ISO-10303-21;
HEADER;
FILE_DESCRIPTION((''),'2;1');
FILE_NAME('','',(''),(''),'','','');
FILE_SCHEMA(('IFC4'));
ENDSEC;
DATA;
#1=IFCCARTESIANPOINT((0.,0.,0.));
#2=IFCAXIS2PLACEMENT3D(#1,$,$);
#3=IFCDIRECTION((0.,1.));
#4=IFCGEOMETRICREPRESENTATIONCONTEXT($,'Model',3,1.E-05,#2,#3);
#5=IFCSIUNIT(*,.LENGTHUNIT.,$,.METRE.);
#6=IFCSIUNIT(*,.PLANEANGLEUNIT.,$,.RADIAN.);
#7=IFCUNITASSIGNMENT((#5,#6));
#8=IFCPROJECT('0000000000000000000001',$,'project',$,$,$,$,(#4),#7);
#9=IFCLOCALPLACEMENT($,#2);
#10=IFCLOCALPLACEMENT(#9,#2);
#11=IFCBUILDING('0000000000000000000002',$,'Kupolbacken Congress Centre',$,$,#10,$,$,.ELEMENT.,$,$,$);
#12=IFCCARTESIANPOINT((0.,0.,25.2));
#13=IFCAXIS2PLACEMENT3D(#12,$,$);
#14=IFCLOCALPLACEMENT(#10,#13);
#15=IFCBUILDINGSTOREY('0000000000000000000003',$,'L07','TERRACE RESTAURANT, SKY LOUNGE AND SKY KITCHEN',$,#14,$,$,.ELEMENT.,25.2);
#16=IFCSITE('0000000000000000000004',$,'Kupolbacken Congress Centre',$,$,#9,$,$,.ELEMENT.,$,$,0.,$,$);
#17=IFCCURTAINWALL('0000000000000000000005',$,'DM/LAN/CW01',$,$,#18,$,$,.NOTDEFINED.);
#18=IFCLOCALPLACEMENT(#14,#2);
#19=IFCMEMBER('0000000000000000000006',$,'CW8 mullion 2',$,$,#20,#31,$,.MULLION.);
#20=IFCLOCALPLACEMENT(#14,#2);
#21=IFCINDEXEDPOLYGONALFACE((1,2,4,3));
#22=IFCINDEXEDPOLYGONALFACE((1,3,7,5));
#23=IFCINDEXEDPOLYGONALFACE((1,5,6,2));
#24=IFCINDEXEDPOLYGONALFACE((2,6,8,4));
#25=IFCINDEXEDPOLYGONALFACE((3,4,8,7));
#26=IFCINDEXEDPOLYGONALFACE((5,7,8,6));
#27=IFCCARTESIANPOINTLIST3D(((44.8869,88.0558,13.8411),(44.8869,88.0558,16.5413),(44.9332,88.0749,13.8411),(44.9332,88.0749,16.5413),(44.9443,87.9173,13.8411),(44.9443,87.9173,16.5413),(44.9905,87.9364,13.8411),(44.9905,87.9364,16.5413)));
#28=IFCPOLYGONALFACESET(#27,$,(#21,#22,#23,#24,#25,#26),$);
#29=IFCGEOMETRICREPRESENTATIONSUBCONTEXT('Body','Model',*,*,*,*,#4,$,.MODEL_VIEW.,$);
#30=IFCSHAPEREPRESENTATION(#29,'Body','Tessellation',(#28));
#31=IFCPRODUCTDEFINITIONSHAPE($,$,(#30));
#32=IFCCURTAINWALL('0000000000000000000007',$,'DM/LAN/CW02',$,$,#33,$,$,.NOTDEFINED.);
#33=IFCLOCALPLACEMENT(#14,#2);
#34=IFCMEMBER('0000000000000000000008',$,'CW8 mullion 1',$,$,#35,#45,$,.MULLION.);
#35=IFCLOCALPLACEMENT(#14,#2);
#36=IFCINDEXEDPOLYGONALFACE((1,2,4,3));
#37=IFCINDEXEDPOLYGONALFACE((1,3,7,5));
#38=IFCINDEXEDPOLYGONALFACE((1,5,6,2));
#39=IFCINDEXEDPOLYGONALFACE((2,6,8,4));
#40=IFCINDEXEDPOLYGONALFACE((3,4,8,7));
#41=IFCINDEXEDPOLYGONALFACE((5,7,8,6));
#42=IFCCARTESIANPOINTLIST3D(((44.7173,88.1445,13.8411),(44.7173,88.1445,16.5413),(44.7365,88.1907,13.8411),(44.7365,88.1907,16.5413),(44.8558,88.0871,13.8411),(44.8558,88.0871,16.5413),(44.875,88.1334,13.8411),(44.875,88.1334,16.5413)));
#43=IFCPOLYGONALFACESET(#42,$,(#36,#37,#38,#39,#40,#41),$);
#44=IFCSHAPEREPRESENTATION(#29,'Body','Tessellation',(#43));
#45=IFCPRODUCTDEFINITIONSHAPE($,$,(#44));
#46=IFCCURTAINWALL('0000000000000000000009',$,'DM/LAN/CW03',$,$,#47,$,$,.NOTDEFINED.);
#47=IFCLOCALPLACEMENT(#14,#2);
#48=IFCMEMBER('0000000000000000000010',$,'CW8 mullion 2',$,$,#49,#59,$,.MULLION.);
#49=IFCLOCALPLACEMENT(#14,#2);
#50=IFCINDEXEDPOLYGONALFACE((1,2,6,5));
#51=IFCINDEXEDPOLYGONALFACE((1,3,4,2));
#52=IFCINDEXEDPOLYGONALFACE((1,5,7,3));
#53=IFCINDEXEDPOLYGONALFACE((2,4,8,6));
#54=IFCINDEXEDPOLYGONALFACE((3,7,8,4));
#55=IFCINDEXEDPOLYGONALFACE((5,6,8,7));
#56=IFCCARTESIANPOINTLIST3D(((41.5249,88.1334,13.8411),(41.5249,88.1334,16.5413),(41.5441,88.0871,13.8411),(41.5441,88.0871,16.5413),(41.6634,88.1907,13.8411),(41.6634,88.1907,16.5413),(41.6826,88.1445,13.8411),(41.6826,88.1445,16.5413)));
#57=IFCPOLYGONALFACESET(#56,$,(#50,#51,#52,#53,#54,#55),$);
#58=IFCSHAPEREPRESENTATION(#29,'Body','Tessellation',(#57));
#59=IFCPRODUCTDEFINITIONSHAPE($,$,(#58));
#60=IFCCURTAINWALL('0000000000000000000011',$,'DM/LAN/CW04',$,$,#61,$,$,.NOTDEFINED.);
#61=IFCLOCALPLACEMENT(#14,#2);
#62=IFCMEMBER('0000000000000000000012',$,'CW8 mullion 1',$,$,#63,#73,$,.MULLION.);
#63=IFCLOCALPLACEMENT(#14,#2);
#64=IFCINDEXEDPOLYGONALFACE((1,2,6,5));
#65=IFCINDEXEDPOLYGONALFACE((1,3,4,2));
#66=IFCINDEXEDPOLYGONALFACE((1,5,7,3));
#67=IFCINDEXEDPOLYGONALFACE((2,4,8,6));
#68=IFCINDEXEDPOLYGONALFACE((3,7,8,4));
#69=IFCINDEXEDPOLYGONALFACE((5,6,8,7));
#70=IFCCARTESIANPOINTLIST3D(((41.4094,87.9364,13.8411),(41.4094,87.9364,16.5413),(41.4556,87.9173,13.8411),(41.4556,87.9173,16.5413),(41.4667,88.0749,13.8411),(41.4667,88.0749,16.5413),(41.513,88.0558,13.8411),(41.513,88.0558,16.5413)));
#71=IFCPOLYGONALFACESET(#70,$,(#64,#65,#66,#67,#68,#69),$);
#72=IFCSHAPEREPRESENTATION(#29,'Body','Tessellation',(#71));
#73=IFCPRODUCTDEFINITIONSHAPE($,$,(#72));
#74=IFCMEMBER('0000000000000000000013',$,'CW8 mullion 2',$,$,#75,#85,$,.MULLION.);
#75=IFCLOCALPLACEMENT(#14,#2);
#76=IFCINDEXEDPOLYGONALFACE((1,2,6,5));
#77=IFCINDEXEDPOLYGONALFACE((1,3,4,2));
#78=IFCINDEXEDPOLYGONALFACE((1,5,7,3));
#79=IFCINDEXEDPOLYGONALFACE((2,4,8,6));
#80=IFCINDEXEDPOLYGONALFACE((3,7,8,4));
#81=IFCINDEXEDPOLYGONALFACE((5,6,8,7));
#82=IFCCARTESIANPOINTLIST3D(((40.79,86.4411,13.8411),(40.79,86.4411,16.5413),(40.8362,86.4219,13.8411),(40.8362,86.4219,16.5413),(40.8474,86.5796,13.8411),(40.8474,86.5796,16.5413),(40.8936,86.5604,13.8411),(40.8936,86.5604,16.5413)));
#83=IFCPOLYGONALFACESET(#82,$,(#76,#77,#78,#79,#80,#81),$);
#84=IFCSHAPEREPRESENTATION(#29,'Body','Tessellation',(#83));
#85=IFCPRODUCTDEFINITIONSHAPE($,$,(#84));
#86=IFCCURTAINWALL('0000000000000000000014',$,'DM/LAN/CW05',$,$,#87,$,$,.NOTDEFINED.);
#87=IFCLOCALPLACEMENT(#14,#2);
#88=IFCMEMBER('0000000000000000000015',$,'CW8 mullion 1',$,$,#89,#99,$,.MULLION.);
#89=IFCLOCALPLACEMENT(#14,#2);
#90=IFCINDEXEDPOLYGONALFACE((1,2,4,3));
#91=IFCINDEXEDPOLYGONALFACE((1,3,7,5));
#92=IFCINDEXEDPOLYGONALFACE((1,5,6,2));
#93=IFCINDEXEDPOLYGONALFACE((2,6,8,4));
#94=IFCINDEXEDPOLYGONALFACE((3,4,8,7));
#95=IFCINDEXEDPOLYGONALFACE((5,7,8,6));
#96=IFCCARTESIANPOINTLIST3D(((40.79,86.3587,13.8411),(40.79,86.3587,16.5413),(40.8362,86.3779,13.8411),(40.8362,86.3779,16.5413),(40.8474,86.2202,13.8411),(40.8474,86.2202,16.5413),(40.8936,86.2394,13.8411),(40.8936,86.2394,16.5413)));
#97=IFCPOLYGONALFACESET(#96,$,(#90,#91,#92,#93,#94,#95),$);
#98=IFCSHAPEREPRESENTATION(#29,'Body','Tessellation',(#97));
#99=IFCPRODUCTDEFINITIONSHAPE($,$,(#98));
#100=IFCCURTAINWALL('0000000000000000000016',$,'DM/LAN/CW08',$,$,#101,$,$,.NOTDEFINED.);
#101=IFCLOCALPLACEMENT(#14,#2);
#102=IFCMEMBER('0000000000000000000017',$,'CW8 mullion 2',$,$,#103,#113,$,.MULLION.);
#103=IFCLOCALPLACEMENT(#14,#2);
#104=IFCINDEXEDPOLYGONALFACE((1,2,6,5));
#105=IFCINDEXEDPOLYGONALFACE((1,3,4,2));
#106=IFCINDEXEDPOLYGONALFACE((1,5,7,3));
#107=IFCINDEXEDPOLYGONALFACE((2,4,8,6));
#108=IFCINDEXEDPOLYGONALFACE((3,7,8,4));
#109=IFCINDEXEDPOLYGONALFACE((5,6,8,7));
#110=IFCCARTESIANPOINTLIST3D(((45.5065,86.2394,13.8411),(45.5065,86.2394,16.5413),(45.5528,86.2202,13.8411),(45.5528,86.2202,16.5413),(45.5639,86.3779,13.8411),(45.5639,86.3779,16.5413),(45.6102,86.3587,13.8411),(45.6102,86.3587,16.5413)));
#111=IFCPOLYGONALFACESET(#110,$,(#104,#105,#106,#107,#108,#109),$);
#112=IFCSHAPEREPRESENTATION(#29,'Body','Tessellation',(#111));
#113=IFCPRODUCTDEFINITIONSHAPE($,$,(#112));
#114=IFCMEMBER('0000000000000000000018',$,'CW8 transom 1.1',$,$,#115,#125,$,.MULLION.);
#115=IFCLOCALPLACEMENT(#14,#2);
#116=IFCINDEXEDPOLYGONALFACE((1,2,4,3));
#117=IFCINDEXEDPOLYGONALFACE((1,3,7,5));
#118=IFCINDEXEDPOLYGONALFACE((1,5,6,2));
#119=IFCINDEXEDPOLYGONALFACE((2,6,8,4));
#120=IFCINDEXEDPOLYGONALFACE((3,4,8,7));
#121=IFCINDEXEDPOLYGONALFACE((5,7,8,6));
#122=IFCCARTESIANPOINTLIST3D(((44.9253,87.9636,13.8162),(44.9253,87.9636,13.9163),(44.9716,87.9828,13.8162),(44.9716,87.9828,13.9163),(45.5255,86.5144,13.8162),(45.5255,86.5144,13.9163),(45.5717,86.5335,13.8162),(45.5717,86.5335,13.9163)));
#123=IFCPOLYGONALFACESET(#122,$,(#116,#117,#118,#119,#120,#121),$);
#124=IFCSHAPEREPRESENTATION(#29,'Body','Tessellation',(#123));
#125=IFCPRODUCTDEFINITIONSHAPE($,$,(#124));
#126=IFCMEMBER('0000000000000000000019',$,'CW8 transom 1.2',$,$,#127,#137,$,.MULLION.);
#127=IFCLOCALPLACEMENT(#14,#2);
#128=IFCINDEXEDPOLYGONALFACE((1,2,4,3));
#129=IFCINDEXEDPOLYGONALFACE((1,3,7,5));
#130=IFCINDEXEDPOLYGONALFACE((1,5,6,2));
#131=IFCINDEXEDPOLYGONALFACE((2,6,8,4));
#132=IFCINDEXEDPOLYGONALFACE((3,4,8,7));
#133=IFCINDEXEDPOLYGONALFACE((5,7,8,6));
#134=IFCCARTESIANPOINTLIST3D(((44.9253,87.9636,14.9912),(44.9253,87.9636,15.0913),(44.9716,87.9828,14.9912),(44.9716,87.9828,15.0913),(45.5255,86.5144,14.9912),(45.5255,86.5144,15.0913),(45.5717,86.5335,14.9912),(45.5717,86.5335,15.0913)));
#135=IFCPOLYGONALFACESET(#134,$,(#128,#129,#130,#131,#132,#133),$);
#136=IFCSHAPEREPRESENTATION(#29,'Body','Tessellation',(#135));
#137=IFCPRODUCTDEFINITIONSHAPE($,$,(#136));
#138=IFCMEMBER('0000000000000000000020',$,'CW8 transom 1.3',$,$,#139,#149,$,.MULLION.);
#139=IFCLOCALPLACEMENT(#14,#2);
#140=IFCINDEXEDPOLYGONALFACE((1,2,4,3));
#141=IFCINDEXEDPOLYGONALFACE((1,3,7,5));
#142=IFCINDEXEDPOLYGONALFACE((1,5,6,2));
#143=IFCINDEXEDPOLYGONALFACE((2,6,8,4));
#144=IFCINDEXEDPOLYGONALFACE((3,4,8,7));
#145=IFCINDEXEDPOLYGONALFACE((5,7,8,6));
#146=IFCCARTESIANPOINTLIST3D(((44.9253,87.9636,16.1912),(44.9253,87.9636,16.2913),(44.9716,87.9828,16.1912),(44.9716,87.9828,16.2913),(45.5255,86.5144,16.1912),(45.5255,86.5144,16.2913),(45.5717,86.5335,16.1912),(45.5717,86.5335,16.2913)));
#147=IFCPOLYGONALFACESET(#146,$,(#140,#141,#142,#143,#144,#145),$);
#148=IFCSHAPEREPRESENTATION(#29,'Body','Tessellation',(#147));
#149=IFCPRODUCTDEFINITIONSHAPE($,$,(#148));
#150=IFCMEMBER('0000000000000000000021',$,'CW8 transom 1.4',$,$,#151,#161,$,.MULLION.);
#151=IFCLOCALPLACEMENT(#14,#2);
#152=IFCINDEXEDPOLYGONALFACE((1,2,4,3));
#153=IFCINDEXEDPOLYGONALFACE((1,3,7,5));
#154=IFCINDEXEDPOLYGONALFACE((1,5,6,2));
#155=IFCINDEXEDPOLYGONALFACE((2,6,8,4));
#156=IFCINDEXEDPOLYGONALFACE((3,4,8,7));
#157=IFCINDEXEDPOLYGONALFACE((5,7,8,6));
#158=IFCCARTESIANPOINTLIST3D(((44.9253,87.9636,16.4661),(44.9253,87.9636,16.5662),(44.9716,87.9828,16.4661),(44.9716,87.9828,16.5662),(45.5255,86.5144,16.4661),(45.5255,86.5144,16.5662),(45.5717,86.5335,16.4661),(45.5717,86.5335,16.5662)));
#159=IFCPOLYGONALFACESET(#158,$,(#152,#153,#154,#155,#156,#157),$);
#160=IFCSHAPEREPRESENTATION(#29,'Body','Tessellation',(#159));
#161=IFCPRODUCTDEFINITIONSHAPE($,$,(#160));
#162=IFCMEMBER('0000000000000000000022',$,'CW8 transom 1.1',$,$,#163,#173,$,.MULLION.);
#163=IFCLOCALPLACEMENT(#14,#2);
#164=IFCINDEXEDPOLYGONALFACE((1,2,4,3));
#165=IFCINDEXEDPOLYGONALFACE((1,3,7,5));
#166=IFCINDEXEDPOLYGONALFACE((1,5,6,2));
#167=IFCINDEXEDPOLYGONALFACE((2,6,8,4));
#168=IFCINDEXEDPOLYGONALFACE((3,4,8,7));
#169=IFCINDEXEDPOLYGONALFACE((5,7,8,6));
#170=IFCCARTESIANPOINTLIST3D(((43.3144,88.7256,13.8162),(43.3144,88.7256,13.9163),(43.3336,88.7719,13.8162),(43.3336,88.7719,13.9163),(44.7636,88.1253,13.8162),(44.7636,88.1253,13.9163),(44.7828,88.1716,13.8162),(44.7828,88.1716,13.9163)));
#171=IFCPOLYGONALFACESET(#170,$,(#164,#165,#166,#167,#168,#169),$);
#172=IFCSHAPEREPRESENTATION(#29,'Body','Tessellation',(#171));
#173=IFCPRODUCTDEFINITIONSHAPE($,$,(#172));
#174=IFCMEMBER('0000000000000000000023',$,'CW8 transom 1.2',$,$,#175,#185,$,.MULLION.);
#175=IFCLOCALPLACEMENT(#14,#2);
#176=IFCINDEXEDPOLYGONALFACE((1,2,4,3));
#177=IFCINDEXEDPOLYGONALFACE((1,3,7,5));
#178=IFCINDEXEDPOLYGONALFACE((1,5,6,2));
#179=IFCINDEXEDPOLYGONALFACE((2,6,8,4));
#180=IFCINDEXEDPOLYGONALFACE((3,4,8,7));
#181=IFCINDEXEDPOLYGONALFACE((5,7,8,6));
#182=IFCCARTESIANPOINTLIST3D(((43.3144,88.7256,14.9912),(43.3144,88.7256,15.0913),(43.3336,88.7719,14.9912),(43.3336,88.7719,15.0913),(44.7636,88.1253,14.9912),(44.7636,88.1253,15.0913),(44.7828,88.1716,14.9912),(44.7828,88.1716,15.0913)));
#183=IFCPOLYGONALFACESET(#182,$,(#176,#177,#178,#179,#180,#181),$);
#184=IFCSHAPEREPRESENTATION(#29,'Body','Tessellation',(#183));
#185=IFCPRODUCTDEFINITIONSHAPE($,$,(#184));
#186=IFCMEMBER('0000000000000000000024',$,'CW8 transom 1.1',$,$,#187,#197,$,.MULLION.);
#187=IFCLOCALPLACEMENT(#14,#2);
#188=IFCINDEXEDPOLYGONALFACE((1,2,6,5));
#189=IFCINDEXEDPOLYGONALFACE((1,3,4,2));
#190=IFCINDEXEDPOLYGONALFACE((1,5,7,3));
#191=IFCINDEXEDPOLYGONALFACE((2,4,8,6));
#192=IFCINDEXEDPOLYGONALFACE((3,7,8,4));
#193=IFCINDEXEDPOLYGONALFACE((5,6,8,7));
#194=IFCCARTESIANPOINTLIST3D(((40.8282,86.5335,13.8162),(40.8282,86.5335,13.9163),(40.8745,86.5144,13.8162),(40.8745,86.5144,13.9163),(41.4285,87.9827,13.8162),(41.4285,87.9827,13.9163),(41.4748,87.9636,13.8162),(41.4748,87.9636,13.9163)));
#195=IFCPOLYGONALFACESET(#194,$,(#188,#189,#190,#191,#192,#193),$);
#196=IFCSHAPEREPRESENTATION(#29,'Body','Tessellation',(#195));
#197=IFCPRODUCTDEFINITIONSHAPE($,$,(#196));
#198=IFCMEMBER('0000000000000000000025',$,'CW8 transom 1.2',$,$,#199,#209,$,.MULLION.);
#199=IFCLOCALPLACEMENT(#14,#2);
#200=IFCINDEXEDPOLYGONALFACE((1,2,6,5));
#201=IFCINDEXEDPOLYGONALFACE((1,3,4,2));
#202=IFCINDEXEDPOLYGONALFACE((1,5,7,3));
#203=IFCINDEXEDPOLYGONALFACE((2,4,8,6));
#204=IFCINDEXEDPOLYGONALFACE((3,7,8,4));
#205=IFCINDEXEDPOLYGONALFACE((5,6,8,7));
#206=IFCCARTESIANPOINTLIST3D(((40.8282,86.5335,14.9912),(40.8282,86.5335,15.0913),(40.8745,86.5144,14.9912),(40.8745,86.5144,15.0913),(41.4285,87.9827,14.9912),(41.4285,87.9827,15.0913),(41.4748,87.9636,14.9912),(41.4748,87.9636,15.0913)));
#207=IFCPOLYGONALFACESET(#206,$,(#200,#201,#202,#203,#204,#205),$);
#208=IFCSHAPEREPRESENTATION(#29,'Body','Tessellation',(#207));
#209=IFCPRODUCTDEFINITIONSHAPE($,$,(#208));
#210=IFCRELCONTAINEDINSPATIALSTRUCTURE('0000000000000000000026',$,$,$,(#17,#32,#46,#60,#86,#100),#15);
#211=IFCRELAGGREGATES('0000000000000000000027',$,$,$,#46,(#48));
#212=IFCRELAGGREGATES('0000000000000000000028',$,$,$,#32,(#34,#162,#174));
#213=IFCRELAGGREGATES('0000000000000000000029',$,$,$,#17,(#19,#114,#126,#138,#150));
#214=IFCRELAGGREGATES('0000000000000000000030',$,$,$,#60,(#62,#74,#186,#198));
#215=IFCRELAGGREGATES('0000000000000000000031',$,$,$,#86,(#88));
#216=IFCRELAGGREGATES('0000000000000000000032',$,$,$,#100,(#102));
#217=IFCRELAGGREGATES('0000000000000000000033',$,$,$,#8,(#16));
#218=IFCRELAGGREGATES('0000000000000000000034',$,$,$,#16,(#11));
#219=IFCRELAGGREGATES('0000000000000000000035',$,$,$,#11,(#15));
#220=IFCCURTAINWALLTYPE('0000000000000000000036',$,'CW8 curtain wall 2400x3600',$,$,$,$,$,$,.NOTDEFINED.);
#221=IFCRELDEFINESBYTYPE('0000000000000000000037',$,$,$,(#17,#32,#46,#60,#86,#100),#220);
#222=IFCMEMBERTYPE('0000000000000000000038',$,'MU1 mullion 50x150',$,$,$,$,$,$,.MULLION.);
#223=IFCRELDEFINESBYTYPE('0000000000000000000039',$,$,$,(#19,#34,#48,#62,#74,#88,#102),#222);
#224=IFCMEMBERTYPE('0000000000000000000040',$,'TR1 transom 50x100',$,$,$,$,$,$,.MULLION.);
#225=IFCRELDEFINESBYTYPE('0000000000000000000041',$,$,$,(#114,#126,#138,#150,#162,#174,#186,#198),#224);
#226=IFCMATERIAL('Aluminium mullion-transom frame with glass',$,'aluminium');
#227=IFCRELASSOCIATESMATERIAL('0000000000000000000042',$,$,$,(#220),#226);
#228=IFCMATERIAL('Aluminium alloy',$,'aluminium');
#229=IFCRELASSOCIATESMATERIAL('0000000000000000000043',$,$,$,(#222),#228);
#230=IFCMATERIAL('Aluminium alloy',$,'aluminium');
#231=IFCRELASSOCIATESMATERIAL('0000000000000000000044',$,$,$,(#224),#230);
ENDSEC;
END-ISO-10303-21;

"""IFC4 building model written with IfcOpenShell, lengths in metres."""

from ifc_helpers import new_model, si_unit, direction, frame, origin, origin_2d, place, context, subcontext, project, spatial, rectangle, extrude, material, material_profile, profile_set, type_object, element, aggregate, save


model = new_model("IFC4")

# Units and contexts
model_context = context("Model", 3, precision=1e-05, world=origin(), true_north=direction((0.0, 1.0)))
body_context = subcontext(model_context, "Body", "Model", "MODEL_VIEW")
ifc_project = project(units=[si_unit("LENGTHUNIT", "METRE"), si_unit("PLANEANGLEUNIT", "RADIAN")], contexts=[model_context])

# Site, building, storey
site_placement = place(None, origin())
site = spatial("IfcSite", under=ifc_project, at=site_placement, Name="Kupolbacken Congress Centre", CompositionType="ELEMENT", RefElevation=0.0)
building_placement = place(site_placement, origin())
building = spatial("IfcBuilding", under=site, at=building_placement, Name="Kupolbacken Congress Centre", CompositionType="ELEMENT")
storey_placement = place(building_placement, frame((0.0, 0.0, 25.2)))
storey = spatial("IfcBuildingStorey", under=building, at=storey_placement, Name="L07", Description="TERRACE RESTAURANT, SKY LOUNGE AND SKY KITCHEN", CompositionType="ELEMENT", Elevation=25.2)

# Curtain walls, members
ifc_material_1 = material(Name="Aluminium mullion-transom frame with glass", Category="aluminium")
curtain_wall_type = type_object("IfcCurtainWallType", Name="CW8 curtain wall 2400x3600", PredefinedType="NOTDEFINED", material=ifc_material_1)
curtain_wall_1_placement = place(storey_placement, origin())
curtain_wall_1 = element("IfcCurtainWall", 1, at=curtain_wall_1_placement, inside=storey, type_object=curtain_wall_type, Name="DM/LAN/CW01", PredefinedType="NOTDEFINED")
ifc_material_2 = material(Name="Aluminium alloy", Category="aluminium")
ifc_material_profile_1 = material_profile(ifc_material_2, rectangle(XDim=0.05, YDim=0.1499, at=origin_2d()), Name="50 x 150")
ifc_profile_set_1 = profile_set([ifc_material_profile_1], Name="Aluminium alloy")
member_type_1 = type_object("IfcMemberType", Name="MU1 mullion 50x150", PredefinedType="MULLION", material=ifc_profile_set_1)
member_1_placement = place(storey_placement, frame((44.9387, 87.9961, 13.8411), z_axis=(0.0, 0.0, 1.0), x_axis=(-0.92388, -0.382683, 0.0)))
member_1 = element("IfcMember", 2, at=member_1_placement, type_object=member_type_1, Name="CW8 mullion 2", PredefinedType="MULLION", context=body_context, shape_type="SweptSolid", body=[
    extrude(rectangle(XDim=0.05, YDim=0.1499, at=origin_2d()), origin(), (0.0, 0.0, 1.0), 2.7002),
])
curtain_wall_2_placement = place(storey_placement, origin())
curtain_wall_2 = element("IfcCurtainWall", 3, at=curtain_wall_2_placement, inside=storey, type_object=curtain_wall_type, Name="DM/LAN/CW02", PredefinedType="NOTDEFINED")
member_2_placement = place(storey_placement, frame((44.7961, 88.1389, 13.8411), z_axis=(0.0, 0.0, 1.0), x_axis=(-0.382683, -0.92388, 0.0)))
member_2 = element("IfcMember", 4, at=member_2_placement, type_object=member_type_1, Name="CW8 mullion 1", PredefinedType="MULLION", context=body_context, shape_type="SweptSolid", body=[
    extrude(rectangle(XDim=0.05, YDim=0.1499, at=origin_2d()), origin(), (0.0, 0.0, 1.0), 2.7002),
])
curtain_wall_3_placement = place(storey_placement, origin())
curtain_wall_3 = element("IfcCurtainWall", 5, at=curtain_wall_3_placement, inside=storey, type_object=curtain_wall_type, Name="DM/LAN/CW03", PredefinedType="NOTDEFINED")
member_3_placement = place(storey_placement, frame((41.6038, 88.1389, 13.8411), z_axis=(0.0, 0.0, 1.0), x_axis=(0.382683, -0.92388, 0.0)))
member_3 = element("IfcMember", 6, at=member_3_placement, type_object=member_type_1, Name="CW8 mullion 2", PredefinedType="MULLION", context=body_context, shape_type="SweptSolid", body=[
    extrude(rectangle(XDim=0.05, YDim=0.1499, at=origin_2d()), origin(), (0.0, 0.0, 1.0), 2.7002),
])
aggregate(curtain_wall_3, [member_3])

# Curtain wall, members
curtain_wall_4_placement = place(storey_placement, origin())
curtain_wall_4 = element("IfcCurtainWall", 7, at=curtain_wall_4_placement, inside=storey, type_object=curtain_wall_type, Name="DM/LAN/CW04", PredefinedType="NOTDEFINED")
member_4_placement = place(storey_placement, frame((41.4612, 87.9961, 13.8411), z_axis=(0.0, 0.0, 1.0), x_axis=(0.92388, -0.382683, 0.0)))
member_4 = element("IfcMember", 8, at=member_4_placement, type_object=member_type_1, Name="CW8 mullion 1", PredefinedType="MULLION", context=body_context, shape_type="SweptSolid", body=[
    extrude(rectangle(XDim=0.05, YDim=0.1499, at=origin_2d()), origin(), (0.0, 0.0, 1.0), 2.7002),
])
member_5_placement = place(storey_placement, frame((40.8418, 86.5007, 13.8411), z_axis=(0.0, 0.0, 1.0), x_axis=(0.92388, -0.382683, 0.0)))
member_5 = element("IfcMember", 9, at=member_5_placement, type_object=member_type_1, Name="CW8 mullion 2", PredefinedType="MULLION", context=body_context, shape_type="SweptSolid", body=[
    extrude(rectangle(XDim=0.05, YDim=0.1499, at=origin_2d()), origin(), (0.0, 0.0, 1.0), 2.7002),
])

# Curtain walls, members
curtain_wall_5_placement = place(storey_placement, origin())
curtain_wall_5 = element("IfcCurtainWall", 10, at=curtain_wall_5_placement, inside=storey, type_object=curtain_wall_type, Name="DM/LAN/CW05", PredefinedType="NOTDEFINED")
member_6_placement = place(storey_placement, frame((40.8418, 86.2991, 13.8411), z_axis=(0.0, 0.0, 1.0), x_axis=(0.92388, 0.382683, 0.0)))
member_6 = element("IfcMember", 11, at=member_6_placement, type_object=member_type_1, Name="CW8 mullion 1", PredefinedType="MULLION", context=body_context, shape_type="SweptSolid", body=[
    extrude(rectangle(XDim=0.05, YDim=0.1499, at=origin_2d()), origin(), (0.0, 0.0, 1.0), 2.7002),
])
curtain_wall_6_placement = place(storey_placement, origin())
curtain_wall_6 = element("IfcCurtainWall", 12, at=curtain_wall_6_placement, inside=storey, type_object=curtain_wall_type, Name="DM/LAN/CW08", PredefinedType="NOTDEFINED")
member_7_placement = place(storey_placement, frame((45.5583, 86.2991, 13.8411), z_axis=(0.0, 0.0, 1.0), x_axis=(-0.92388, 0.382683, 0.0)))
member_7 = element("IfcMember", 13, at=member_7_placement, type_object=member_type_1, Name="CW8 mullion 2", PredefinedType="MULLION", context=body_context, shape_type="SweptSolid", body=[
    extrude(rectangle(XDim=0.05, YDim=0.1499, at=origin_2d()), origin(), (0.0, 0.0, 1.0), 2.7002),
])

# Members
ifc_material_3 = material(Name="Aluminium alloy", Category="aluminium")
ifc_material_profile_2 = material_profile(ifc_material_3, rectangle(XDim=0.05, YDim=0.1001, at=origin_2d()), Name="50 x 100")
ifc_profile_set_2 = profile_set([ifc_material_profile_2], Name="Aluminium alloy")
member_type_2 = type_object("IfcMemberType", Name="TR1 transom 50x100", PredefinedType="MULLION", material=ifc_profile_set_2)
member_8_placement = place(storey_placement, frame((45.5486, 86.5239, 13.8662), z_axis=(-0.382581, 0.923922, 0.0), x_axis=(-0.923922, -0.382581, 0.0)))
member_8 = element("IfcMember", 14, at=member_8_placement, type_object=member_type_2, Name="CW8 transom 1.1", PredefinedType="MULLION", context=body_context, shape_type="SweptSolid", body=[
    extrude(rectangle(XDim=0.05, YDim=0.1001, at=origin_2d()), origin(), (0.0, 0.0, 1.0), 1.5686),
])
member_9_placement = place(storey_placement, frame((45.5486, 86.5239, 15.0413), z_axis=(-0.382581, 0.923922, 0.0), x_axis=(-0.923922, -0.382581, 0.0)))
member_9 = element("IfcMember", 15, at=member_9_placement, type_object=member_type_2, Name="CW8 transom 1.2", PredefinedType="MULLION", context=body_context, shape_type="SweptSolid", body=[
    extrude(rectangle(XDim=0.05, YDim=0.1001, at=origin_2d()), origin(), (0.0, 0.0, 1.0), 1.5686),
])
member_10_placement = place(storey_placement, frame((45.5486, 86.5239, 16.2412), z_axis=(-0.382581, 0.923922, 0.0), x_axis=(-0.923922, -0.382581, 0.0)))
member_10 = element("IfcMember", 16, at=member_10_placement, type_object=member_type_2, Name="CW8 transom 1.3", PredefinedType="MULLION", context=body_context, shape_type="SweptSolid", body=[
    extrude(rectangle(XDim=0.05, YDim=0.1001, at=origin_2d()), origin(), (0.0, 0.0, 1.0), 1.5686),
])
member_11_placement = place(storey_placement, frame((45.5486, 86.5239, 16.5161), z_axis=(-0.382581, 0.923922, 0.0), x_axis=(-0.923922, -0.382581, 0.0)))
member_11 = element("IfcMember", 17, at=member_11_placement, type_object=member_type_2, Name="CW8 transom 1.4", PredefinedType="MULLION", context=body_context, shape_type="SweptSolid", body=[
    extrude(rectangle(XDim=0.05, YDim=0.1001, at=origin_2d()), origin(), (0.0, 0.0, 1.0), 1.5686),
])
member_12_placement = place(storey_placement, frame((44.7732, 88.1484, 13.8662), z_axis=(-0.923867, 0.382714, 0.0), x_axis=(-0.382714, -0.923867, 0.0)))
member_12 = element("IfcMember", 18, at=member_12_placement, type_object=member_type_2, Name="CW8 transom 1.1", PredefinedType="MULLION", context=body_context, shape_type="SweptSolid", body=[
    extrude(rectangle(XDim=0.05, YDim=0.1001, at=origin_2d()), origin(), (0.0, 0.0, 1.0), 1.5686),
])
member_13_placement = place(storey_placement, frame((44.7732, 88.1484, 15.0413), z_axis=(-0.923867, 0.382714, 0.0), x_axis=(-0.382714, -0.923867, 0.0)))
member_13 = element("IfcMember", 19, at=member_13_placement, type_object=member_type_2, Name="CW8 transom 1.2", PredefinedType="MULLION", context=body_context, shape_type="SweptSolid", body=[
    extrude(rectangle(XDim=0.05, YDim=0.1001, at=origin_2d()), origin(), (0.0, 0.0, 1.0), 1.5686),
])
aggregate(curtain_wall_2, [member_2, member_12, member_13])
member_14_placement = place(storey_placement, frame((41.4517, 87.9731, 13.8662), z_axis=(-0.382714, -0.923867, 0.0), x_axis=(0.923867, -0.382714, 0.0)))
member_14 = element("IfcMember", 20, at=member_14_placement, type_object=member_type_2, Name="CW8 transom 1.1", PredefinedType="MULLION", context=body_context, shape_type="SweptSolid", body=[
    extrude(rectangle(XDim=0.05, YDim=0.1001, at=origin_2d()), origin(), (0.0, 0.0, 1.0), 1.5686),
])
member_15_placement = place(storey_placement, frame((41.4517, 87.9731, 15.0413), z_axis=(-0.382714, -0.923867, 0.0), x_axis=(0.923867, -0.382714, 0.0)))
member_15 = element("IfcMember", 21, at=member_15_placement, type_object=member_type_2, Name="CW8 transom 1.2", PredefinedType="MULLION", context=body_context, shape_type="SweptSolid", body=[
    extrude(rectangle(XDim=0.05, YDim=0.1001, at=origin_2d()), origin(), (0.0, 0.0, 1.0), 1.5686),
])

aggregate(curtain_wall_1, [member_1, member_8, member_9, member_10, member_11])
aggregate(curtain_wall_4, [member_4, member_5, member_14, member_15])
aggregate(curtain_wall_5, [member_6])
aggregate(curtain_wall_6, [member_7])

save(model, "model.ifc")
